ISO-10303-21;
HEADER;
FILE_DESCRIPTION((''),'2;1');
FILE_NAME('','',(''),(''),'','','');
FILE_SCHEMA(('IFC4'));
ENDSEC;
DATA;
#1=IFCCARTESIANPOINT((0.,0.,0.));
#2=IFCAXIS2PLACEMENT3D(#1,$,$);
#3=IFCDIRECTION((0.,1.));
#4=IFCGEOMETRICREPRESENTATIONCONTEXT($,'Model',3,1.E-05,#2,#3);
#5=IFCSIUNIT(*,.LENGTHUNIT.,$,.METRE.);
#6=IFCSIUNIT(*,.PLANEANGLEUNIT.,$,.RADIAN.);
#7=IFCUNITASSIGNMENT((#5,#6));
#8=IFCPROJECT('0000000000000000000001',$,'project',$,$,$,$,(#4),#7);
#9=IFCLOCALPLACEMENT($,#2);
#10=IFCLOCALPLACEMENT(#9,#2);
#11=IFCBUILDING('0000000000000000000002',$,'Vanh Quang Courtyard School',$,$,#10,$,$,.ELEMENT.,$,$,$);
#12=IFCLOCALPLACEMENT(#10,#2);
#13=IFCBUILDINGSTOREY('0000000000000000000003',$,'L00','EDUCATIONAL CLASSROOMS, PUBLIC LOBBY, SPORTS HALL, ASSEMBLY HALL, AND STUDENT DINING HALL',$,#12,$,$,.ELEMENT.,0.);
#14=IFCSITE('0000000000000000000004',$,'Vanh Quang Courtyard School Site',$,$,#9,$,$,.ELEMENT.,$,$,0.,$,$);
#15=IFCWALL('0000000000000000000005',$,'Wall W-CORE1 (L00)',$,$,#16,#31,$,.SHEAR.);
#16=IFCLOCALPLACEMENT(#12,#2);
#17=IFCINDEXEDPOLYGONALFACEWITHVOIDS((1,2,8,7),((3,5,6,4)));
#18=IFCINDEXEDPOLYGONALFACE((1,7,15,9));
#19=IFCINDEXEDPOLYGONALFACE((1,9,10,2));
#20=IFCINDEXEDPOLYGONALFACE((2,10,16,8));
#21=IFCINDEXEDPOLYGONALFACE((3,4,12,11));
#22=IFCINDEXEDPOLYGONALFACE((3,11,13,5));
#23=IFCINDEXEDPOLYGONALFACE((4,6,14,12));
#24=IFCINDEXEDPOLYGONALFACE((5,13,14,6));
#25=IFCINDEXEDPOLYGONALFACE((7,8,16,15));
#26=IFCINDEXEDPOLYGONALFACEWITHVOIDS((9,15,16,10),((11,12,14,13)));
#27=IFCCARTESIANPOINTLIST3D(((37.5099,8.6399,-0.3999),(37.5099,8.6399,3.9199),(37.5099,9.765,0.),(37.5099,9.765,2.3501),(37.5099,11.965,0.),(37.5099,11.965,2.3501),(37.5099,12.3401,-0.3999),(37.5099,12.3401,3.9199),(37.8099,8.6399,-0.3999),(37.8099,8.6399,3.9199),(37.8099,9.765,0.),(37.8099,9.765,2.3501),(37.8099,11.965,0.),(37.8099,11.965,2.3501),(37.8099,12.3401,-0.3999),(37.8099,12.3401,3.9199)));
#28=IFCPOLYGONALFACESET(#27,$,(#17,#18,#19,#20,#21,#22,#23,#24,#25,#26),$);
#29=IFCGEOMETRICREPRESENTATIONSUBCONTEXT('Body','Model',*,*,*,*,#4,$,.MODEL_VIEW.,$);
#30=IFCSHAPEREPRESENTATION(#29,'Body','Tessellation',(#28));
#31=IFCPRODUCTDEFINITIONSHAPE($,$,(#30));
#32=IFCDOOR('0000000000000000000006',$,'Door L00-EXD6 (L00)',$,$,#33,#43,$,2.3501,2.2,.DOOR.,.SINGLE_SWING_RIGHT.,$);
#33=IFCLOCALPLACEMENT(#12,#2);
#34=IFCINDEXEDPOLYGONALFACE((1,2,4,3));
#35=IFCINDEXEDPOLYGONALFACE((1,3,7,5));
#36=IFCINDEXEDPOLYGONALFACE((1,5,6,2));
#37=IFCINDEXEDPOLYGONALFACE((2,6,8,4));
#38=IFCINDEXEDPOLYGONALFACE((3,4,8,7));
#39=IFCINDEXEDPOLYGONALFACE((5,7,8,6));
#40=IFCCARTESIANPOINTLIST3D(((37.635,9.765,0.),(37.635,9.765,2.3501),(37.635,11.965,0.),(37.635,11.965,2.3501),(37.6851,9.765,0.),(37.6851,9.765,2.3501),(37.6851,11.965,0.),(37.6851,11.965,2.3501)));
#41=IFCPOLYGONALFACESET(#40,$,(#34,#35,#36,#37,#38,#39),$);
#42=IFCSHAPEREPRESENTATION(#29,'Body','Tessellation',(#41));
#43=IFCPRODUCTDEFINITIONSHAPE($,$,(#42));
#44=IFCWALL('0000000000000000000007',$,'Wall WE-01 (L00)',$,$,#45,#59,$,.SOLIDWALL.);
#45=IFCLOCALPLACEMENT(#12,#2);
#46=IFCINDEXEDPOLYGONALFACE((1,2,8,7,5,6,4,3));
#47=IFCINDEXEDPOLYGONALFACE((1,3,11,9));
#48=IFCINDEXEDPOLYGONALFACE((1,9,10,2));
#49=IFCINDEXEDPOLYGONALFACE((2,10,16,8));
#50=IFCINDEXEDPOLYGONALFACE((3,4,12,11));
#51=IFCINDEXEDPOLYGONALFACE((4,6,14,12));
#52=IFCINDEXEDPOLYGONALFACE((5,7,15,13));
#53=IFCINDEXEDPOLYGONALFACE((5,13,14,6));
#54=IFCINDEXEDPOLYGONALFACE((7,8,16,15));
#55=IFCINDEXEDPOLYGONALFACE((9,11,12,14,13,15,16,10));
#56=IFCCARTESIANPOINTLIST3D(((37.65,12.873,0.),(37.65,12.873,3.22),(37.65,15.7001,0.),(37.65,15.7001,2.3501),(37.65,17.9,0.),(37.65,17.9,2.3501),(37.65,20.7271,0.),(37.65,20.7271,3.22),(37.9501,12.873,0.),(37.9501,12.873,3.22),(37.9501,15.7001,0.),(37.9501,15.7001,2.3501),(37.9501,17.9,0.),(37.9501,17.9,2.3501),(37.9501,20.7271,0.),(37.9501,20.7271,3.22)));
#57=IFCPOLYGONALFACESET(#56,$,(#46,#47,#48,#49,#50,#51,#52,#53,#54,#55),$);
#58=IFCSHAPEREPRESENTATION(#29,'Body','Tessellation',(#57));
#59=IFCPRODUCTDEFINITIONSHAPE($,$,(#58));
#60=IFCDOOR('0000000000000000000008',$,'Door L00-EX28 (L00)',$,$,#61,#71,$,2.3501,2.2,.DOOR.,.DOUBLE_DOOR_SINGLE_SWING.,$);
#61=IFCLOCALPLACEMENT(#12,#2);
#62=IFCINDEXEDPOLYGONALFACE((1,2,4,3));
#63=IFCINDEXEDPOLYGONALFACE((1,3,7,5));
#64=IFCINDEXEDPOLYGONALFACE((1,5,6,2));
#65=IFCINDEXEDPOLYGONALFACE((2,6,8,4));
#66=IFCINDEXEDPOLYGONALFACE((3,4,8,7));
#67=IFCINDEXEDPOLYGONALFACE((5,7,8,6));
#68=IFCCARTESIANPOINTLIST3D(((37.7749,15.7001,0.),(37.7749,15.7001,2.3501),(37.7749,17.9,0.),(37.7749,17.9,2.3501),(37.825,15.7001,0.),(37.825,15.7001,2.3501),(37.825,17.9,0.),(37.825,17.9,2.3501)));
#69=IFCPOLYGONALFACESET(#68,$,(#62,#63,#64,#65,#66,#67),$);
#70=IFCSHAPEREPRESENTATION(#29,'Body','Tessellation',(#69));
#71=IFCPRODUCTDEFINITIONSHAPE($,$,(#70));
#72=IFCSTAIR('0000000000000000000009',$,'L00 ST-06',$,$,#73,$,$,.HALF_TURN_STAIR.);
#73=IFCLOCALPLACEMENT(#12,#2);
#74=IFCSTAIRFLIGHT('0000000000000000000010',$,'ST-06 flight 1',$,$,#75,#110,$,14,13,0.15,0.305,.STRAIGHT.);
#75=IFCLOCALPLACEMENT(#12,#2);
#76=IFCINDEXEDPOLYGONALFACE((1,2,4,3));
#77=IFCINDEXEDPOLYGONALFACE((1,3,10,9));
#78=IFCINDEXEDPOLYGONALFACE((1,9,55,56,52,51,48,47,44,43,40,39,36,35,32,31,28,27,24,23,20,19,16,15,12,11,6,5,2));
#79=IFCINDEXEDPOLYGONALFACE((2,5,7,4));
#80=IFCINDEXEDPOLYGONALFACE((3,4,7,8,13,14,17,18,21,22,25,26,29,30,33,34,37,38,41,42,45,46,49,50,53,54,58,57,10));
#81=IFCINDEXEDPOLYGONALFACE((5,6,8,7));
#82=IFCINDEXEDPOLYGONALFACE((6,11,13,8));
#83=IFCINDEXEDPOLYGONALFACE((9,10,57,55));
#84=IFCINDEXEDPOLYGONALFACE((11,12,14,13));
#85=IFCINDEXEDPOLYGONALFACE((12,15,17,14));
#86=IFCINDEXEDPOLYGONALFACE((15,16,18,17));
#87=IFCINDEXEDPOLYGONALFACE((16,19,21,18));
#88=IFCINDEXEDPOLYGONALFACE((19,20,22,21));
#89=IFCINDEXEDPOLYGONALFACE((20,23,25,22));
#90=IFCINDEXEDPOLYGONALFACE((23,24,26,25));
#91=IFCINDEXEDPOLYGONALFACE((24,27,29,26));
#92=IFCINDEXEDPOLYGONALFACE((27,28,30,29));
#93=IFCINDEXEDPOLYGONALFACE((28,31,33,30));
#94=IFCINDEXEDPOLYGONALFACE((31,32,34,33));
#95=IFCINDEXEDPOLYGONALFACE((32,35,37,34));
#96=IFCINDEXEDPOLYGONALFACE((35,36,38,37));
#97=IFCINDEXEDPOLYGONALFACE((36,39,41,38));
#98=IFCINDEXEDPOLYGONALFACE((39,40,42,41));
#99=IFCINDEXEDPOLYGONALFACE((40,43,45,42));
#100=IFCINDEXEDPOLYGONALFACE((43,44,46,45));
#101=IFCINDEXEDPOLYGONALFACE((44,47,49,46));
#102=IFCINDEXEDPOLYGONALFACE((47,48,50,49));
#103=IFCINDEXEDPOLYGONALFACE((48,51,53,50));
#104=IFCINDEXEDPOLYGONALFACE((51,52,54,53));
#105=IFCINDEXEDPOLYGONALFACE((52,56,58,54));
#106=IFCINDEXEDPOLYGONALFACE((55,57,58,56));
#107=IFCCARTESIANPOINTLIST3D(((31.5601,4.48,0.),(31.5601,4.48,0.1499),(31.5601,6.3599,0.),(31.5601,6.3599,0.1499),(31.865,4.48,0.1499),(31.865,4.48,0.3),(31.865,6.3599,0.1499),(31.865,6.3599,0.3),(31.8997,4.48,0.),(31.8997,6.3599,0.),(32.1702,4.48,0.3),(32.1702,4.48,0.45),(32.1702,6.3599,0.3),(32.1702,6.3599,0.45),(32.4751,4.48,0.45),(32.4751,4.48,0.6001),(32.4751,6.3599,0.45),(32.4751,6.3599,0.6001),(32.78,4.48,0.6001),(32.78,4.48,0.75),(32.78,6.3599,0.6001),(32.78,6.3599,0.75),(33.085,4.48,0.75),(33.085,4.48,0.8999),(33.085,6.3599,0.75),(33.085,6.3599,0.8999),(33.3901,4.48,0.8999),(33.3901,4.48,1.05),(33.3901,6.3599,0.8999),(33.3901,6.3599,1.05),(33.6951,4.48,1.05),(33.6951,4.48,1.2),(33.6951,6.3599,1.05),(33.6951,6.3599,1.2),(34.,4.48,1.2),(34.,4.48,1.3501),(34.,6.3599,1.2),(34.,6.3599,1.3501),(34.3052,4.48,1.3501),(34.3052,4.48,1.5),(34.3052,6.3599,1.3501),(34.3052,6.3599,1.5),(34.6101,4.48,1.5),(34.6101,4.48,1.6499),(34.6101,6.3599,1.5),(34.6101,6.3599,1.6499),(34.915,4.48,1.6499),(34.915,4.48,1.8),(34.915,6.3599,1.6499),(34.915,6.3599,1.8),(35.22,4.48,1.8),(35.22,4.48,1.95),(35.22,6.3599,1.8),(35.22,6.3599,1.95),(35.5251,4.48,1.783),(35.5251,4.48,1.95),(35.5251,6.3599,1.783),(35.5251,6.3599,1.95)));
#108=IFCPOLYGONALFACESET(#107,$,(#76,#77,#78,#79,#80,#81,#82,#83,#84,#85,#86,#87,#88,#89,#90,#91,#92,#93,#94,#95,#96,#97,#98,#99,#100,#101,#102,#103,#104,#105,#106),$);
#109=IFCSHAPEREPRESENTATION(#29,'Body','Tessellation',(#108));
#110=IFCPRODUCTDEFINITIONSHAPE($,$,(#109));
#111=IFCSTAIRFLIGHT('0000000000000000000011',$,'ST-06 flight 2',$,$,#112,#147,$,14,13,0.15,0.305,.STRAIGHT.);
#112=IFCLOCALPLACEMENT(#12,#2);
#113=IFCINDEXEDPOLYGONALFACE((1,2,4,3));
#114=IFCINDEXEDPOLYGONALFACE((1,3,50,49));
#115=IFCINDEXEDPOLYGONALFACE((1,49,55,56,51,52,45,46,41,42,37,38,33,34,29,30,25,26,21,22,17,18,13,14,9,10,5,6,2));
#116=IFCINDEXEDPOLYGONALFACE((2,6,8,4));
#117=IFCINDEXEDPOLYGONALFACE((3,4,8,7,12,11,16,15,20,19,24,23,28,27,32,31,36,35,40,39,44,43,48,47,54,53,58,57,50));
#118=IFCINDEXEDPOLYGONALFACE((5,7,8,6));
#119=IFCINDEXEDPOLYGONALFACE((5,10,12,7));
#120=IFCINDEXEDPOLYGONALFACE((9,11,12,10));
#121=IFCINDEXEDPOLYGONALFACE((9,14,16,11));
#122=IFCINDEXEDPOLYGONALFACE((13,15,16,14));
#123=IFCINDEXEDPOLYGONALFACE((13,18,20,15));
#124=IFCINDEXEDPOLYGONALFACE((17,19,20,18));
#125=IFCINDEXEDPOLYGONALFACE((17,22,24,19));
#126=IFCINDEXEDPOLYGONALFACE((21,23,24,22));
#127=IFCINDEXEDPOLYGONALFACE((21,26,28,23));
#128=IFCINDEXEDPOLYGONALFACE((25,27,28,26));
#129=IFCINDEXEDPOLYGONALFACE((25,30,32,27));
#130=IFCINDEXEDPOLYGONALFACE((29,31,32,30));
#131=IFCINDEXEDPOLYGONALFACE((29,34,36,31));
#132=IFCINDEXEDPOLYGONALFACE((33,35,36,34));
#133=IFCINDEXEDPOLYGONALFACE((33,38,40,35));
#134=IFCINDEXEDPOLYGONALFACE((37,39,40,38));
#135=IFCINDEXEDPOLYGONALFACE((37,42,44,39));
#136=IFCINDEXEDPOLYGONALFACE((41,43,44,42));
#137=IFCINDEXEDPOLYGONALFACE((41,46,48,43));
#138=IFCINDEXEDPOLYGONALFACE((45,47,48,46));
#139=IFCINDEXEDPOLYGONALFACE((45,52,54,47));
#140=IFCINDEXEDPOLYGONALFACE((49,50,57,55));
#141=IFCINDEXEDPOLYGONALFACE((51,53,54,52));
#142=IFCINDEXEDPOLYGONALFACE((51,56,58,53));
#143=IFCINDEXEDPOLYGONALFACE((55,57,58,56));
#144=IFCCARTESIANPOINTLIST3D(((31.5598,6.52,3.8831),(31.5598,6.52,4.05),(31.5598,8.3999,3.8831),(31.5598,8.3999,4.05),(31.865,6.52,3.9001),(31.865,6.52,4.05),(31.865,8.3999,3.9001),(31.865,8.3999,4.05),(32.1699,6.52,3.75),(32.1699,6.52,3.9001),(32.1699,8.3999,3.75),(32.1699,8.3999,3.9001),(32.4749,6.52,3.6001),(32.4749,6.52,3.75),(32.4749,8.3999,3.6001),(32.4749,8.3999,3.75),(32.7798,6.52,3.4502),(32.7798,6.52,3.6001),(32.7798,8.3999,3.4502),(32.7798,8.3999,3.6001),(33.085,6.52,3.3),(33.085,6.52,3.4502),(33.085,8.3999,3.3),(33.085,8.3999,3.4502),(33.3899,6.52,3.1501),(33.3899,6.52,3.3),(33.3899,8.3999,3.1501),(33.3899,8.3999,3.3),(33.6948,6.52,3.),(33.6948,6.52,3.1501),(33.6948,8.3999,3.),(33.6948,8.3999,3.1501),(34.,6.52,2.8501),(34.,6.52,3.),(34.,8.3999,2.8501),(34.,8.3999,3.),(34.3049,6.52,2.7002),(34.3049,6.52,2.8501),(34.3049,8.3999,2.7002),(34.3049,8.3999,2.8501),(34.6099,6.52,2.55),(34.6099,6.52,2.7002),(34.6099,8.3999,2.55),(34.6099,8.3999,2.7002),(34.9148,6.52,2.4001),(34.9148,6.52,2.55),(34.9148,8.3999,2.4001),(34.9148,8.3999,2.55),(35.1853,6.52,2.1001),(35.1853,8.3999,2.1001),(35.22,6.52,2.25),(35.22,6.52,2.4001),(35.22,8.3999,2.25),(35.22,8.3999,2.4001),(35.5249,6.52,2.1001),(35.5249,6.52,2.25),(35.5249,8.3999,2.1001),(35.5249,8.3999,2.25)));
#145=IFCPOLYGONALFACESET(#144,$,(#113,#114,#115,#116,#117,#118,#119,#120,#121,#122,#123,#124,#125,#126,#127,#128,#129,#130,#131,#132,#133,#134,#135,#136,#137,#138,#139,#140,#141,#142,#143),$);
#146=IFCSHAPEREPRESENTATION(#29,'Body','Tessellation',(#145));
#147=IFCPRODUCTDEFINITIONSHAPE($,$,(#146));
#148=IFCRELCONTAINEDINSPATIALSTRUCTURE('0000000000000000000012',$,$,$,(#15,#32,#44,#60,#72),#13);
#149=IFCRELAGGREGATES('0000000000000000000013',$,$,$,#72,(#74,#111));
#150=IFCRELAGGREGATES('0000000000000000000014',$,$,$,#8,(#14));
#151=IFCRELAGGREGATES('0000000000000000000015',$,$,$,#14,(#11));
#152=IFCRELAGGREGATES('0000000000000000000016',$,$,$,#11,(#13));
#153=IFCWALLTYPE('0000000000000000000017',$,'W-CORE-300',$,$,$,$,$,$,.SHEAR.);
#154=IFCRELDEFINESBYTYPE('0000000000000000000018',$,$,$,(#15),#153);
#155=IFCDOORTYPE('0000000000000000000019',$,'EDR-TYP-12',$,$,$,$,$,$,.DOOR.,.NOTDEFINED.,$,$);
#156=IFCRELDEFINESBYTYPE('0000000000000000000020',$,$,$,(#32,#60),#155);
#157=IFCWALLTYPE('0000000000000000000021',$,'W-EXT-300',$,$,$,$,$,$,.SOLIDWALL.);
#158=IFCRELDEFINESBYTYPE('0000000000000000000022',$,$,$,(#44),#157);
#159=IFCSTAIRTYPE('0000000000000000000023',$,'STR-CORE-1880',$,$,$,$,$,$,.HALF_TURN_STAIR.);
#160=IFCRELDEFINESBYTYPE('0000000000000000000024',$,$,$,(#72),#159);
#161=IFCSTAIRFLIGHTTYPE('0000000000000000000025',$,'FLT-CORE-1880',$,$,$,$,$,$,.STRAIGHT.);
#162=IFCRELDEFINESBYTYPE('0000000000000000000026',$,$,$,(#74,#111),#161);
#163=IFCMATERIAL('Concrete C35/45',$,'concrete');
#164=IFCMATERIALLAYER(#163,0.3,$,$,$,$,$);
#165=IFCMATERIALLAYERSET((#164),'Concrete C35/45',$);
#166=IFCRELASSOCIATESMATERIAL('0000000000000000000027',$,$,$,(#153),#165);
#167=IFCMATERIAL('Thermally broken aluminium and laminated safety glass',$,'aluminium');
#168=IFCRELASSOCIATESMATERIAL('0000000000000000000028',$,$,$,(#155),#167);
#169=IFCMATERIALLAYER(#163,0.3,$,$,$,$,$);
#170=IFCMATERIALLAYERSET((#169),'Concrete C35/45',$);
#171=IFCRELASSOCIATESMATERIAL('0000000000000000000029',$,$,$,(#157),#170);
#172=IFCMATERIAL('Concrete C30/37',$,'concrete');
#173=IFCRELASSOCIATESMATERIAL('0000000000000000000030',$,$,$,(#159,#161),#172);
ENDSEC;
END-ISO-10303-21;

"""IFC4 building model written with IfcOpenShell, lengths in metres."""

from ifc_helpers import new_model, si_unit, direction, frame, frame_2d, origin, place, context, subcontext, project, spatial, polyline, rectangle, outline, extrude, material, layer, layer_set, type_object, element, fill, aggregate, save


model = new_model("IFC4")

# Units and contexts
model_context = context("Model", 3, precision=1e-05, world=origin(), true_north=direction((0.0, 1.0)))
body_context = subcontext(model_context, "Body", "Model", "MODEL_VIEW")
ifc_project = project(units=[si_unit("LENGTHUNIT", "METRE"), si_unit("PLANEANGLEUNIT", "RADIAN")], contexts=[model_context])

# Site, building, storey
site_placement = place(None, origin())
site = spatial("IfcSite", under=ifc_project, at=site_placement, Name="Vanh Quang Courtyard School Site", CompositionType="ELEMENT", RefElevation=0.0)
building_placement = place(site_placement, origin())
building = spatial("IfcBuilding", under=site, at=building_placement, Name="Vanh Quang Courtyard School", CompositionType="ELEMENT")
storey_placement = place(building_placement, origin())
storey = spatial("IfcBuildingStorey", under=building, at=storey_placement, Name="L00", Description="EDUCATIONAL CLASSROOMS, PUBLIC LOBBY, SPORTS HALL, ASSEMBLY HALL, AND STUDENT DINING HALL", CompositionType="ELEMENT", Elevation=0.0)

# Shared definitions
ifc_material_1 = material(Name="Concrete C35/45", Category="concrete")

# Shared definitions
ifc_material_2 = material(Name="Concrete C30/37", Category="concrete")

# Shared definitions
ifc_layer_1 = layer(ifc_material_1, 0.3)
ifc_layer_set_1 = layer_set([ifc_layer_1], Name="Concrete C35/45")
wall_type_1 = type_object("IfcWallType", Name="W-CORE-300", PredefinedType="SHEAR", material=ifc_layer_set_1)

# Walls, openings, doors
wall_1_placement = place(storey_placement, frame((37.6599, 8.6399, -0.3999), z_axis=(0.0, 0.0, 1.0), x_axis=(0.0, 1.0, 0.0)))
wall_1 = element("IfcWall", 1, at=wall_1_placement, inside=storey, type_object=wall_type_1, Name="Wall W-CORE1 (L00)", PredefinedType="SHEAR", context=body_context, shape_type="SweptSolid", body=[
    extrude(rectangle(XDim=3.7002, YDim=0.3, at=frame_2d((1.8501, 0.0))), origin(), (0.0, 0.0, 1.0), 4.3198),
])
opening_1_placement = place(wall_1_placement, frame((1.125, 0.0, 0.3999)))
opening_1 = element("IfcOpeningElement", 2, at=opening_1_placement, cuts=wall_1, PredefinedType="OPENING", context=body_context, shape_type="SweptSolid", body=[
    extrude(rectangle(XDim=2.2, YDim=2.3501, at=frame_2d((1.1001, 1.175))), frame((0.0, 0.1602, 0.0), z_axis=(0.0, -1.0, 0.0), x_axis=(1.0, 0.0, 0.0)), (0.0, 0.0, 1.0), 0.3201),
])
ifc_material_3 = material(Name="Thermally broken aluminium and laminated safety glass", Category="aluminium")
door_type_1 = type_object("IfcDoorType", Name="EDR-TYP-12", OperationType="NOTDEFINED", PredefinedType="DOOR", material=ifc_material_3)
door_1_placement = place(opening_1_placement, origin())
door_1 = element("IfcDoor", 3, at=door_1_placement, inside=storey, type_object=door_type_1, Name="Door L00-EXD6 (L00)", OperationType="SINGLE_SWING_RIGHT", OverallHeight=2.3501, OverallWidth=2.2, PredefinedType="DOOR", context=body_context, shape_type="SweptSolid", body=[
    extrude(rectangle(XDim=2.2, YDim=2.3501, at=frame_2d((1.1001, 1.175))), frame((0.0, 0.0249, 0.0), z_axis=(0.0, -1.0, 0.0), x_axis=(1.0, 0.0, 0.0)), (0.0, 0.0, 1.0), 0.05),
])
fill(opening_1, door_1)
ifc_layer_2 = layer(ifc_material_1, 0.3)
ifc_layer_set_2 = layer_set([ifc_layer_2], Name="Concrete C35/45")
wall_type_2 = type_object("IfcWallType", Name="W-EXT-300", PredefinedType="SOLIDWALL", material=ifc_layer_set_2)
wall_2_placement = place(storey_placement, frame((37.8, 20.7271, 0.0), z_axis=(0.0, 0.0, 1.0), x_axis=(0.0, -1.0, 0.0)))
wall_2 = element("IfcWall", 4, at=wall_2_placement, inside=storey, type_object=wall_type_2, Name="Wall WE-01 (L00)", PredefinedType="SOLIDWALL", context=body_context, shape_type="SweptSolid", body=[
    extrude(rectangle(XDim=7.854, YDim=0.3, at=frame_2d((3.927, 0.0))), origin(), (0.0, 0.0, 1.0), 3.22),
])
opening_2_placement = place(wall_2_placement, frame((2.8269, 0.0, 0.0)))
opening_2 = element("IfcOpeningElement", 5, at=opening_2_placement, cuts=wall_2, PredefinedType="OPENING", context=body_context, shape_type="SweptSolid", body=[
    extrude(rectangle(XDim=2.2, YDim=2.3501, at=frame_2d((1.1001, 1.175))), frame((0.0, 0.1602, 0.0), z_axis=(0.0, -1.0, 0.0), x_axis=(1.0, 0.0, 0.0)), (0.0, 0.0, 1.0), 0.3201),
])
door_2_placement = place(opening_2_placement, origin())
door_2 = element("IfcDoor", 6, at=door_2_placement, inside=storey, type_object=door_type_1, Name="Door L00-EX28 (L00)", OperationType="DOUBLE_DOOR_SINGLE_SWING", OverallHeight=2.3501, OverallWidth=2.2, PredefinedType="DOOR", context=body_context, shape_type="SweptSolid", body=[
    extrude(rectangle(XDim=2.2, YDim=2.3501, at=frame_2d((1.1001, 1.175))), frame((0.0, 0.0249, 0.0), z_axis=(0.0, -1.0, 0.0), x_axis=(1.0, 0.0, 0.0)), (0.0, 0.0, 1.0), 0.05),
])
fill(opening_2, door_2)

# Stair, stair flights
stair_type = type_object("IfcStairType", Name="STR-CORE-1880", PredefinedType="HALF_TURN_STAIR", material=ifc_material_2)
stair_placement = place(storey_placement, origin())
stair = element("IfcStair", 7, at=stair_placement, inside=storey, type_object=stair_type, Name="L00 ST-06", PredefinedType="HALF_TURN_STAIR")
stair_flight_type = type_object("IfcStairFlightType", Name="FLT-CORE-1880", PredefinedType="STRAIGHT", material=ifc_material_2)
stair_flight_1_placement = place(storey_placement, frame((31.5601, 5.4199, 0.0), z_axis=(0.0, 0.0, 1.0), x_axis=(1.0, 0.0, 0.0)))
stair_flight_1 = element("IfcStairFlight", 8, at=stair_flight_1_placement, type_object=stair_flight_type, Name="ST-06 flight 1", NumberOfRisers=14, NumberOfTreads=13, PredefinedType="STRAIGHT", RiserHeight=0.15, TreadLength=0.305, context=body_context, shape_type="SweptSolid", body=[
    extrude(outline(polyline([(0.0, 0.0), (0.0, 0.1499), (0.3049, 0.1499), (0.3049, 0.3), (0.6101, 0.3), (0.6101, 0.45), (0.915, 0.45), (0.915, 0.6001), (1.22, 0.6001), (1.22, 0.75), (1.5249, 0.75), (1.5249, 0.8999), (1.8301, 0.8999), (1.8301, 1.05), (2.135, 1.05), (2.135, 1.2), (2.4399, 1.2), (2.4399, 1.3501), (2.7451, 1.3501), (2.7451, 1.5), (3.05, 1.5), (3.05, 1.6499), (3.355, 1.6499), (3.355, 1.8), (3.6599, 1.8), (3.6599, 1.95), (3.9651, 1.95), (3.9651, 2.1001), (3.9651, 1.783), (0.3396, 0.0), (0.0, 0.0)])), frame((0.0, 0.9399, 0.0), z_axis=(0.0, -1.0, 0.0), x_axis=(1.0, 0.0, 0.0)), (0.0, 0.0, 1.0), 1.8799),
])
stair_flight_2_placement = place(storey_placement, frame((35.5249, 7.46, 2.1001), z_axis=(0.0, 0.0, 1.0), x_axis=(-1.0, 0.0, 0.0)))
stair_flight_2 = element("IfcStairFlight", 9, at=stair_flight_2_placement, type_object=stair_flight_type, Name="ST-06 flight 2", NumberOfRisers=14, NumberOfTreads=13, PredefinedType="STRAIGHT", RiserHeight=0.15, TreadLength=0.305, context=body_context, shape_type="SweptSolid", body=[
    extrude(outline(polyline([(0.0, 0.0), (0.0, 0.1499), (0.3049, 0.1499), (0.3049, 0.3), (0.6101, 0.3), (0.6101, 0.45), (0.915, 0.45), (0.915, 0.6001), (1.22, 0.6001), (1.22, 0.75), (1.5249, 0.75), (1.5249, 0.8999), (1.8301, 0.8999), (1.8301, 1.05), (2.135, 1.05), (2.135, 1.2), (2.4399, 1.2), (2.4399, 1.3501), (2.7451, 1.3501), (2.7451, 1.5), (3.05, 1.5), (3.05, 1.6499), (3.355, 1.6499), (3.355, 1.8), (3.6599, 1.8), (3.6599, 1.95), (3.9651, 1.95), (3.9651, 2.1001), (3.9651, 1.783), (0.3396, 0.0), (0.0, 0.0)])), frame((0.0, 0.9399, 0.0), z_axis=(0.0, -1.0, 0.0), x_axis=(1.0, 0.0, 0.0)), (0.0, 0.0, 1.0), 1.8799),
])
aggregate(stair, [stair_flight_1, stair_flight_2])

save(model, "model.ifc")
